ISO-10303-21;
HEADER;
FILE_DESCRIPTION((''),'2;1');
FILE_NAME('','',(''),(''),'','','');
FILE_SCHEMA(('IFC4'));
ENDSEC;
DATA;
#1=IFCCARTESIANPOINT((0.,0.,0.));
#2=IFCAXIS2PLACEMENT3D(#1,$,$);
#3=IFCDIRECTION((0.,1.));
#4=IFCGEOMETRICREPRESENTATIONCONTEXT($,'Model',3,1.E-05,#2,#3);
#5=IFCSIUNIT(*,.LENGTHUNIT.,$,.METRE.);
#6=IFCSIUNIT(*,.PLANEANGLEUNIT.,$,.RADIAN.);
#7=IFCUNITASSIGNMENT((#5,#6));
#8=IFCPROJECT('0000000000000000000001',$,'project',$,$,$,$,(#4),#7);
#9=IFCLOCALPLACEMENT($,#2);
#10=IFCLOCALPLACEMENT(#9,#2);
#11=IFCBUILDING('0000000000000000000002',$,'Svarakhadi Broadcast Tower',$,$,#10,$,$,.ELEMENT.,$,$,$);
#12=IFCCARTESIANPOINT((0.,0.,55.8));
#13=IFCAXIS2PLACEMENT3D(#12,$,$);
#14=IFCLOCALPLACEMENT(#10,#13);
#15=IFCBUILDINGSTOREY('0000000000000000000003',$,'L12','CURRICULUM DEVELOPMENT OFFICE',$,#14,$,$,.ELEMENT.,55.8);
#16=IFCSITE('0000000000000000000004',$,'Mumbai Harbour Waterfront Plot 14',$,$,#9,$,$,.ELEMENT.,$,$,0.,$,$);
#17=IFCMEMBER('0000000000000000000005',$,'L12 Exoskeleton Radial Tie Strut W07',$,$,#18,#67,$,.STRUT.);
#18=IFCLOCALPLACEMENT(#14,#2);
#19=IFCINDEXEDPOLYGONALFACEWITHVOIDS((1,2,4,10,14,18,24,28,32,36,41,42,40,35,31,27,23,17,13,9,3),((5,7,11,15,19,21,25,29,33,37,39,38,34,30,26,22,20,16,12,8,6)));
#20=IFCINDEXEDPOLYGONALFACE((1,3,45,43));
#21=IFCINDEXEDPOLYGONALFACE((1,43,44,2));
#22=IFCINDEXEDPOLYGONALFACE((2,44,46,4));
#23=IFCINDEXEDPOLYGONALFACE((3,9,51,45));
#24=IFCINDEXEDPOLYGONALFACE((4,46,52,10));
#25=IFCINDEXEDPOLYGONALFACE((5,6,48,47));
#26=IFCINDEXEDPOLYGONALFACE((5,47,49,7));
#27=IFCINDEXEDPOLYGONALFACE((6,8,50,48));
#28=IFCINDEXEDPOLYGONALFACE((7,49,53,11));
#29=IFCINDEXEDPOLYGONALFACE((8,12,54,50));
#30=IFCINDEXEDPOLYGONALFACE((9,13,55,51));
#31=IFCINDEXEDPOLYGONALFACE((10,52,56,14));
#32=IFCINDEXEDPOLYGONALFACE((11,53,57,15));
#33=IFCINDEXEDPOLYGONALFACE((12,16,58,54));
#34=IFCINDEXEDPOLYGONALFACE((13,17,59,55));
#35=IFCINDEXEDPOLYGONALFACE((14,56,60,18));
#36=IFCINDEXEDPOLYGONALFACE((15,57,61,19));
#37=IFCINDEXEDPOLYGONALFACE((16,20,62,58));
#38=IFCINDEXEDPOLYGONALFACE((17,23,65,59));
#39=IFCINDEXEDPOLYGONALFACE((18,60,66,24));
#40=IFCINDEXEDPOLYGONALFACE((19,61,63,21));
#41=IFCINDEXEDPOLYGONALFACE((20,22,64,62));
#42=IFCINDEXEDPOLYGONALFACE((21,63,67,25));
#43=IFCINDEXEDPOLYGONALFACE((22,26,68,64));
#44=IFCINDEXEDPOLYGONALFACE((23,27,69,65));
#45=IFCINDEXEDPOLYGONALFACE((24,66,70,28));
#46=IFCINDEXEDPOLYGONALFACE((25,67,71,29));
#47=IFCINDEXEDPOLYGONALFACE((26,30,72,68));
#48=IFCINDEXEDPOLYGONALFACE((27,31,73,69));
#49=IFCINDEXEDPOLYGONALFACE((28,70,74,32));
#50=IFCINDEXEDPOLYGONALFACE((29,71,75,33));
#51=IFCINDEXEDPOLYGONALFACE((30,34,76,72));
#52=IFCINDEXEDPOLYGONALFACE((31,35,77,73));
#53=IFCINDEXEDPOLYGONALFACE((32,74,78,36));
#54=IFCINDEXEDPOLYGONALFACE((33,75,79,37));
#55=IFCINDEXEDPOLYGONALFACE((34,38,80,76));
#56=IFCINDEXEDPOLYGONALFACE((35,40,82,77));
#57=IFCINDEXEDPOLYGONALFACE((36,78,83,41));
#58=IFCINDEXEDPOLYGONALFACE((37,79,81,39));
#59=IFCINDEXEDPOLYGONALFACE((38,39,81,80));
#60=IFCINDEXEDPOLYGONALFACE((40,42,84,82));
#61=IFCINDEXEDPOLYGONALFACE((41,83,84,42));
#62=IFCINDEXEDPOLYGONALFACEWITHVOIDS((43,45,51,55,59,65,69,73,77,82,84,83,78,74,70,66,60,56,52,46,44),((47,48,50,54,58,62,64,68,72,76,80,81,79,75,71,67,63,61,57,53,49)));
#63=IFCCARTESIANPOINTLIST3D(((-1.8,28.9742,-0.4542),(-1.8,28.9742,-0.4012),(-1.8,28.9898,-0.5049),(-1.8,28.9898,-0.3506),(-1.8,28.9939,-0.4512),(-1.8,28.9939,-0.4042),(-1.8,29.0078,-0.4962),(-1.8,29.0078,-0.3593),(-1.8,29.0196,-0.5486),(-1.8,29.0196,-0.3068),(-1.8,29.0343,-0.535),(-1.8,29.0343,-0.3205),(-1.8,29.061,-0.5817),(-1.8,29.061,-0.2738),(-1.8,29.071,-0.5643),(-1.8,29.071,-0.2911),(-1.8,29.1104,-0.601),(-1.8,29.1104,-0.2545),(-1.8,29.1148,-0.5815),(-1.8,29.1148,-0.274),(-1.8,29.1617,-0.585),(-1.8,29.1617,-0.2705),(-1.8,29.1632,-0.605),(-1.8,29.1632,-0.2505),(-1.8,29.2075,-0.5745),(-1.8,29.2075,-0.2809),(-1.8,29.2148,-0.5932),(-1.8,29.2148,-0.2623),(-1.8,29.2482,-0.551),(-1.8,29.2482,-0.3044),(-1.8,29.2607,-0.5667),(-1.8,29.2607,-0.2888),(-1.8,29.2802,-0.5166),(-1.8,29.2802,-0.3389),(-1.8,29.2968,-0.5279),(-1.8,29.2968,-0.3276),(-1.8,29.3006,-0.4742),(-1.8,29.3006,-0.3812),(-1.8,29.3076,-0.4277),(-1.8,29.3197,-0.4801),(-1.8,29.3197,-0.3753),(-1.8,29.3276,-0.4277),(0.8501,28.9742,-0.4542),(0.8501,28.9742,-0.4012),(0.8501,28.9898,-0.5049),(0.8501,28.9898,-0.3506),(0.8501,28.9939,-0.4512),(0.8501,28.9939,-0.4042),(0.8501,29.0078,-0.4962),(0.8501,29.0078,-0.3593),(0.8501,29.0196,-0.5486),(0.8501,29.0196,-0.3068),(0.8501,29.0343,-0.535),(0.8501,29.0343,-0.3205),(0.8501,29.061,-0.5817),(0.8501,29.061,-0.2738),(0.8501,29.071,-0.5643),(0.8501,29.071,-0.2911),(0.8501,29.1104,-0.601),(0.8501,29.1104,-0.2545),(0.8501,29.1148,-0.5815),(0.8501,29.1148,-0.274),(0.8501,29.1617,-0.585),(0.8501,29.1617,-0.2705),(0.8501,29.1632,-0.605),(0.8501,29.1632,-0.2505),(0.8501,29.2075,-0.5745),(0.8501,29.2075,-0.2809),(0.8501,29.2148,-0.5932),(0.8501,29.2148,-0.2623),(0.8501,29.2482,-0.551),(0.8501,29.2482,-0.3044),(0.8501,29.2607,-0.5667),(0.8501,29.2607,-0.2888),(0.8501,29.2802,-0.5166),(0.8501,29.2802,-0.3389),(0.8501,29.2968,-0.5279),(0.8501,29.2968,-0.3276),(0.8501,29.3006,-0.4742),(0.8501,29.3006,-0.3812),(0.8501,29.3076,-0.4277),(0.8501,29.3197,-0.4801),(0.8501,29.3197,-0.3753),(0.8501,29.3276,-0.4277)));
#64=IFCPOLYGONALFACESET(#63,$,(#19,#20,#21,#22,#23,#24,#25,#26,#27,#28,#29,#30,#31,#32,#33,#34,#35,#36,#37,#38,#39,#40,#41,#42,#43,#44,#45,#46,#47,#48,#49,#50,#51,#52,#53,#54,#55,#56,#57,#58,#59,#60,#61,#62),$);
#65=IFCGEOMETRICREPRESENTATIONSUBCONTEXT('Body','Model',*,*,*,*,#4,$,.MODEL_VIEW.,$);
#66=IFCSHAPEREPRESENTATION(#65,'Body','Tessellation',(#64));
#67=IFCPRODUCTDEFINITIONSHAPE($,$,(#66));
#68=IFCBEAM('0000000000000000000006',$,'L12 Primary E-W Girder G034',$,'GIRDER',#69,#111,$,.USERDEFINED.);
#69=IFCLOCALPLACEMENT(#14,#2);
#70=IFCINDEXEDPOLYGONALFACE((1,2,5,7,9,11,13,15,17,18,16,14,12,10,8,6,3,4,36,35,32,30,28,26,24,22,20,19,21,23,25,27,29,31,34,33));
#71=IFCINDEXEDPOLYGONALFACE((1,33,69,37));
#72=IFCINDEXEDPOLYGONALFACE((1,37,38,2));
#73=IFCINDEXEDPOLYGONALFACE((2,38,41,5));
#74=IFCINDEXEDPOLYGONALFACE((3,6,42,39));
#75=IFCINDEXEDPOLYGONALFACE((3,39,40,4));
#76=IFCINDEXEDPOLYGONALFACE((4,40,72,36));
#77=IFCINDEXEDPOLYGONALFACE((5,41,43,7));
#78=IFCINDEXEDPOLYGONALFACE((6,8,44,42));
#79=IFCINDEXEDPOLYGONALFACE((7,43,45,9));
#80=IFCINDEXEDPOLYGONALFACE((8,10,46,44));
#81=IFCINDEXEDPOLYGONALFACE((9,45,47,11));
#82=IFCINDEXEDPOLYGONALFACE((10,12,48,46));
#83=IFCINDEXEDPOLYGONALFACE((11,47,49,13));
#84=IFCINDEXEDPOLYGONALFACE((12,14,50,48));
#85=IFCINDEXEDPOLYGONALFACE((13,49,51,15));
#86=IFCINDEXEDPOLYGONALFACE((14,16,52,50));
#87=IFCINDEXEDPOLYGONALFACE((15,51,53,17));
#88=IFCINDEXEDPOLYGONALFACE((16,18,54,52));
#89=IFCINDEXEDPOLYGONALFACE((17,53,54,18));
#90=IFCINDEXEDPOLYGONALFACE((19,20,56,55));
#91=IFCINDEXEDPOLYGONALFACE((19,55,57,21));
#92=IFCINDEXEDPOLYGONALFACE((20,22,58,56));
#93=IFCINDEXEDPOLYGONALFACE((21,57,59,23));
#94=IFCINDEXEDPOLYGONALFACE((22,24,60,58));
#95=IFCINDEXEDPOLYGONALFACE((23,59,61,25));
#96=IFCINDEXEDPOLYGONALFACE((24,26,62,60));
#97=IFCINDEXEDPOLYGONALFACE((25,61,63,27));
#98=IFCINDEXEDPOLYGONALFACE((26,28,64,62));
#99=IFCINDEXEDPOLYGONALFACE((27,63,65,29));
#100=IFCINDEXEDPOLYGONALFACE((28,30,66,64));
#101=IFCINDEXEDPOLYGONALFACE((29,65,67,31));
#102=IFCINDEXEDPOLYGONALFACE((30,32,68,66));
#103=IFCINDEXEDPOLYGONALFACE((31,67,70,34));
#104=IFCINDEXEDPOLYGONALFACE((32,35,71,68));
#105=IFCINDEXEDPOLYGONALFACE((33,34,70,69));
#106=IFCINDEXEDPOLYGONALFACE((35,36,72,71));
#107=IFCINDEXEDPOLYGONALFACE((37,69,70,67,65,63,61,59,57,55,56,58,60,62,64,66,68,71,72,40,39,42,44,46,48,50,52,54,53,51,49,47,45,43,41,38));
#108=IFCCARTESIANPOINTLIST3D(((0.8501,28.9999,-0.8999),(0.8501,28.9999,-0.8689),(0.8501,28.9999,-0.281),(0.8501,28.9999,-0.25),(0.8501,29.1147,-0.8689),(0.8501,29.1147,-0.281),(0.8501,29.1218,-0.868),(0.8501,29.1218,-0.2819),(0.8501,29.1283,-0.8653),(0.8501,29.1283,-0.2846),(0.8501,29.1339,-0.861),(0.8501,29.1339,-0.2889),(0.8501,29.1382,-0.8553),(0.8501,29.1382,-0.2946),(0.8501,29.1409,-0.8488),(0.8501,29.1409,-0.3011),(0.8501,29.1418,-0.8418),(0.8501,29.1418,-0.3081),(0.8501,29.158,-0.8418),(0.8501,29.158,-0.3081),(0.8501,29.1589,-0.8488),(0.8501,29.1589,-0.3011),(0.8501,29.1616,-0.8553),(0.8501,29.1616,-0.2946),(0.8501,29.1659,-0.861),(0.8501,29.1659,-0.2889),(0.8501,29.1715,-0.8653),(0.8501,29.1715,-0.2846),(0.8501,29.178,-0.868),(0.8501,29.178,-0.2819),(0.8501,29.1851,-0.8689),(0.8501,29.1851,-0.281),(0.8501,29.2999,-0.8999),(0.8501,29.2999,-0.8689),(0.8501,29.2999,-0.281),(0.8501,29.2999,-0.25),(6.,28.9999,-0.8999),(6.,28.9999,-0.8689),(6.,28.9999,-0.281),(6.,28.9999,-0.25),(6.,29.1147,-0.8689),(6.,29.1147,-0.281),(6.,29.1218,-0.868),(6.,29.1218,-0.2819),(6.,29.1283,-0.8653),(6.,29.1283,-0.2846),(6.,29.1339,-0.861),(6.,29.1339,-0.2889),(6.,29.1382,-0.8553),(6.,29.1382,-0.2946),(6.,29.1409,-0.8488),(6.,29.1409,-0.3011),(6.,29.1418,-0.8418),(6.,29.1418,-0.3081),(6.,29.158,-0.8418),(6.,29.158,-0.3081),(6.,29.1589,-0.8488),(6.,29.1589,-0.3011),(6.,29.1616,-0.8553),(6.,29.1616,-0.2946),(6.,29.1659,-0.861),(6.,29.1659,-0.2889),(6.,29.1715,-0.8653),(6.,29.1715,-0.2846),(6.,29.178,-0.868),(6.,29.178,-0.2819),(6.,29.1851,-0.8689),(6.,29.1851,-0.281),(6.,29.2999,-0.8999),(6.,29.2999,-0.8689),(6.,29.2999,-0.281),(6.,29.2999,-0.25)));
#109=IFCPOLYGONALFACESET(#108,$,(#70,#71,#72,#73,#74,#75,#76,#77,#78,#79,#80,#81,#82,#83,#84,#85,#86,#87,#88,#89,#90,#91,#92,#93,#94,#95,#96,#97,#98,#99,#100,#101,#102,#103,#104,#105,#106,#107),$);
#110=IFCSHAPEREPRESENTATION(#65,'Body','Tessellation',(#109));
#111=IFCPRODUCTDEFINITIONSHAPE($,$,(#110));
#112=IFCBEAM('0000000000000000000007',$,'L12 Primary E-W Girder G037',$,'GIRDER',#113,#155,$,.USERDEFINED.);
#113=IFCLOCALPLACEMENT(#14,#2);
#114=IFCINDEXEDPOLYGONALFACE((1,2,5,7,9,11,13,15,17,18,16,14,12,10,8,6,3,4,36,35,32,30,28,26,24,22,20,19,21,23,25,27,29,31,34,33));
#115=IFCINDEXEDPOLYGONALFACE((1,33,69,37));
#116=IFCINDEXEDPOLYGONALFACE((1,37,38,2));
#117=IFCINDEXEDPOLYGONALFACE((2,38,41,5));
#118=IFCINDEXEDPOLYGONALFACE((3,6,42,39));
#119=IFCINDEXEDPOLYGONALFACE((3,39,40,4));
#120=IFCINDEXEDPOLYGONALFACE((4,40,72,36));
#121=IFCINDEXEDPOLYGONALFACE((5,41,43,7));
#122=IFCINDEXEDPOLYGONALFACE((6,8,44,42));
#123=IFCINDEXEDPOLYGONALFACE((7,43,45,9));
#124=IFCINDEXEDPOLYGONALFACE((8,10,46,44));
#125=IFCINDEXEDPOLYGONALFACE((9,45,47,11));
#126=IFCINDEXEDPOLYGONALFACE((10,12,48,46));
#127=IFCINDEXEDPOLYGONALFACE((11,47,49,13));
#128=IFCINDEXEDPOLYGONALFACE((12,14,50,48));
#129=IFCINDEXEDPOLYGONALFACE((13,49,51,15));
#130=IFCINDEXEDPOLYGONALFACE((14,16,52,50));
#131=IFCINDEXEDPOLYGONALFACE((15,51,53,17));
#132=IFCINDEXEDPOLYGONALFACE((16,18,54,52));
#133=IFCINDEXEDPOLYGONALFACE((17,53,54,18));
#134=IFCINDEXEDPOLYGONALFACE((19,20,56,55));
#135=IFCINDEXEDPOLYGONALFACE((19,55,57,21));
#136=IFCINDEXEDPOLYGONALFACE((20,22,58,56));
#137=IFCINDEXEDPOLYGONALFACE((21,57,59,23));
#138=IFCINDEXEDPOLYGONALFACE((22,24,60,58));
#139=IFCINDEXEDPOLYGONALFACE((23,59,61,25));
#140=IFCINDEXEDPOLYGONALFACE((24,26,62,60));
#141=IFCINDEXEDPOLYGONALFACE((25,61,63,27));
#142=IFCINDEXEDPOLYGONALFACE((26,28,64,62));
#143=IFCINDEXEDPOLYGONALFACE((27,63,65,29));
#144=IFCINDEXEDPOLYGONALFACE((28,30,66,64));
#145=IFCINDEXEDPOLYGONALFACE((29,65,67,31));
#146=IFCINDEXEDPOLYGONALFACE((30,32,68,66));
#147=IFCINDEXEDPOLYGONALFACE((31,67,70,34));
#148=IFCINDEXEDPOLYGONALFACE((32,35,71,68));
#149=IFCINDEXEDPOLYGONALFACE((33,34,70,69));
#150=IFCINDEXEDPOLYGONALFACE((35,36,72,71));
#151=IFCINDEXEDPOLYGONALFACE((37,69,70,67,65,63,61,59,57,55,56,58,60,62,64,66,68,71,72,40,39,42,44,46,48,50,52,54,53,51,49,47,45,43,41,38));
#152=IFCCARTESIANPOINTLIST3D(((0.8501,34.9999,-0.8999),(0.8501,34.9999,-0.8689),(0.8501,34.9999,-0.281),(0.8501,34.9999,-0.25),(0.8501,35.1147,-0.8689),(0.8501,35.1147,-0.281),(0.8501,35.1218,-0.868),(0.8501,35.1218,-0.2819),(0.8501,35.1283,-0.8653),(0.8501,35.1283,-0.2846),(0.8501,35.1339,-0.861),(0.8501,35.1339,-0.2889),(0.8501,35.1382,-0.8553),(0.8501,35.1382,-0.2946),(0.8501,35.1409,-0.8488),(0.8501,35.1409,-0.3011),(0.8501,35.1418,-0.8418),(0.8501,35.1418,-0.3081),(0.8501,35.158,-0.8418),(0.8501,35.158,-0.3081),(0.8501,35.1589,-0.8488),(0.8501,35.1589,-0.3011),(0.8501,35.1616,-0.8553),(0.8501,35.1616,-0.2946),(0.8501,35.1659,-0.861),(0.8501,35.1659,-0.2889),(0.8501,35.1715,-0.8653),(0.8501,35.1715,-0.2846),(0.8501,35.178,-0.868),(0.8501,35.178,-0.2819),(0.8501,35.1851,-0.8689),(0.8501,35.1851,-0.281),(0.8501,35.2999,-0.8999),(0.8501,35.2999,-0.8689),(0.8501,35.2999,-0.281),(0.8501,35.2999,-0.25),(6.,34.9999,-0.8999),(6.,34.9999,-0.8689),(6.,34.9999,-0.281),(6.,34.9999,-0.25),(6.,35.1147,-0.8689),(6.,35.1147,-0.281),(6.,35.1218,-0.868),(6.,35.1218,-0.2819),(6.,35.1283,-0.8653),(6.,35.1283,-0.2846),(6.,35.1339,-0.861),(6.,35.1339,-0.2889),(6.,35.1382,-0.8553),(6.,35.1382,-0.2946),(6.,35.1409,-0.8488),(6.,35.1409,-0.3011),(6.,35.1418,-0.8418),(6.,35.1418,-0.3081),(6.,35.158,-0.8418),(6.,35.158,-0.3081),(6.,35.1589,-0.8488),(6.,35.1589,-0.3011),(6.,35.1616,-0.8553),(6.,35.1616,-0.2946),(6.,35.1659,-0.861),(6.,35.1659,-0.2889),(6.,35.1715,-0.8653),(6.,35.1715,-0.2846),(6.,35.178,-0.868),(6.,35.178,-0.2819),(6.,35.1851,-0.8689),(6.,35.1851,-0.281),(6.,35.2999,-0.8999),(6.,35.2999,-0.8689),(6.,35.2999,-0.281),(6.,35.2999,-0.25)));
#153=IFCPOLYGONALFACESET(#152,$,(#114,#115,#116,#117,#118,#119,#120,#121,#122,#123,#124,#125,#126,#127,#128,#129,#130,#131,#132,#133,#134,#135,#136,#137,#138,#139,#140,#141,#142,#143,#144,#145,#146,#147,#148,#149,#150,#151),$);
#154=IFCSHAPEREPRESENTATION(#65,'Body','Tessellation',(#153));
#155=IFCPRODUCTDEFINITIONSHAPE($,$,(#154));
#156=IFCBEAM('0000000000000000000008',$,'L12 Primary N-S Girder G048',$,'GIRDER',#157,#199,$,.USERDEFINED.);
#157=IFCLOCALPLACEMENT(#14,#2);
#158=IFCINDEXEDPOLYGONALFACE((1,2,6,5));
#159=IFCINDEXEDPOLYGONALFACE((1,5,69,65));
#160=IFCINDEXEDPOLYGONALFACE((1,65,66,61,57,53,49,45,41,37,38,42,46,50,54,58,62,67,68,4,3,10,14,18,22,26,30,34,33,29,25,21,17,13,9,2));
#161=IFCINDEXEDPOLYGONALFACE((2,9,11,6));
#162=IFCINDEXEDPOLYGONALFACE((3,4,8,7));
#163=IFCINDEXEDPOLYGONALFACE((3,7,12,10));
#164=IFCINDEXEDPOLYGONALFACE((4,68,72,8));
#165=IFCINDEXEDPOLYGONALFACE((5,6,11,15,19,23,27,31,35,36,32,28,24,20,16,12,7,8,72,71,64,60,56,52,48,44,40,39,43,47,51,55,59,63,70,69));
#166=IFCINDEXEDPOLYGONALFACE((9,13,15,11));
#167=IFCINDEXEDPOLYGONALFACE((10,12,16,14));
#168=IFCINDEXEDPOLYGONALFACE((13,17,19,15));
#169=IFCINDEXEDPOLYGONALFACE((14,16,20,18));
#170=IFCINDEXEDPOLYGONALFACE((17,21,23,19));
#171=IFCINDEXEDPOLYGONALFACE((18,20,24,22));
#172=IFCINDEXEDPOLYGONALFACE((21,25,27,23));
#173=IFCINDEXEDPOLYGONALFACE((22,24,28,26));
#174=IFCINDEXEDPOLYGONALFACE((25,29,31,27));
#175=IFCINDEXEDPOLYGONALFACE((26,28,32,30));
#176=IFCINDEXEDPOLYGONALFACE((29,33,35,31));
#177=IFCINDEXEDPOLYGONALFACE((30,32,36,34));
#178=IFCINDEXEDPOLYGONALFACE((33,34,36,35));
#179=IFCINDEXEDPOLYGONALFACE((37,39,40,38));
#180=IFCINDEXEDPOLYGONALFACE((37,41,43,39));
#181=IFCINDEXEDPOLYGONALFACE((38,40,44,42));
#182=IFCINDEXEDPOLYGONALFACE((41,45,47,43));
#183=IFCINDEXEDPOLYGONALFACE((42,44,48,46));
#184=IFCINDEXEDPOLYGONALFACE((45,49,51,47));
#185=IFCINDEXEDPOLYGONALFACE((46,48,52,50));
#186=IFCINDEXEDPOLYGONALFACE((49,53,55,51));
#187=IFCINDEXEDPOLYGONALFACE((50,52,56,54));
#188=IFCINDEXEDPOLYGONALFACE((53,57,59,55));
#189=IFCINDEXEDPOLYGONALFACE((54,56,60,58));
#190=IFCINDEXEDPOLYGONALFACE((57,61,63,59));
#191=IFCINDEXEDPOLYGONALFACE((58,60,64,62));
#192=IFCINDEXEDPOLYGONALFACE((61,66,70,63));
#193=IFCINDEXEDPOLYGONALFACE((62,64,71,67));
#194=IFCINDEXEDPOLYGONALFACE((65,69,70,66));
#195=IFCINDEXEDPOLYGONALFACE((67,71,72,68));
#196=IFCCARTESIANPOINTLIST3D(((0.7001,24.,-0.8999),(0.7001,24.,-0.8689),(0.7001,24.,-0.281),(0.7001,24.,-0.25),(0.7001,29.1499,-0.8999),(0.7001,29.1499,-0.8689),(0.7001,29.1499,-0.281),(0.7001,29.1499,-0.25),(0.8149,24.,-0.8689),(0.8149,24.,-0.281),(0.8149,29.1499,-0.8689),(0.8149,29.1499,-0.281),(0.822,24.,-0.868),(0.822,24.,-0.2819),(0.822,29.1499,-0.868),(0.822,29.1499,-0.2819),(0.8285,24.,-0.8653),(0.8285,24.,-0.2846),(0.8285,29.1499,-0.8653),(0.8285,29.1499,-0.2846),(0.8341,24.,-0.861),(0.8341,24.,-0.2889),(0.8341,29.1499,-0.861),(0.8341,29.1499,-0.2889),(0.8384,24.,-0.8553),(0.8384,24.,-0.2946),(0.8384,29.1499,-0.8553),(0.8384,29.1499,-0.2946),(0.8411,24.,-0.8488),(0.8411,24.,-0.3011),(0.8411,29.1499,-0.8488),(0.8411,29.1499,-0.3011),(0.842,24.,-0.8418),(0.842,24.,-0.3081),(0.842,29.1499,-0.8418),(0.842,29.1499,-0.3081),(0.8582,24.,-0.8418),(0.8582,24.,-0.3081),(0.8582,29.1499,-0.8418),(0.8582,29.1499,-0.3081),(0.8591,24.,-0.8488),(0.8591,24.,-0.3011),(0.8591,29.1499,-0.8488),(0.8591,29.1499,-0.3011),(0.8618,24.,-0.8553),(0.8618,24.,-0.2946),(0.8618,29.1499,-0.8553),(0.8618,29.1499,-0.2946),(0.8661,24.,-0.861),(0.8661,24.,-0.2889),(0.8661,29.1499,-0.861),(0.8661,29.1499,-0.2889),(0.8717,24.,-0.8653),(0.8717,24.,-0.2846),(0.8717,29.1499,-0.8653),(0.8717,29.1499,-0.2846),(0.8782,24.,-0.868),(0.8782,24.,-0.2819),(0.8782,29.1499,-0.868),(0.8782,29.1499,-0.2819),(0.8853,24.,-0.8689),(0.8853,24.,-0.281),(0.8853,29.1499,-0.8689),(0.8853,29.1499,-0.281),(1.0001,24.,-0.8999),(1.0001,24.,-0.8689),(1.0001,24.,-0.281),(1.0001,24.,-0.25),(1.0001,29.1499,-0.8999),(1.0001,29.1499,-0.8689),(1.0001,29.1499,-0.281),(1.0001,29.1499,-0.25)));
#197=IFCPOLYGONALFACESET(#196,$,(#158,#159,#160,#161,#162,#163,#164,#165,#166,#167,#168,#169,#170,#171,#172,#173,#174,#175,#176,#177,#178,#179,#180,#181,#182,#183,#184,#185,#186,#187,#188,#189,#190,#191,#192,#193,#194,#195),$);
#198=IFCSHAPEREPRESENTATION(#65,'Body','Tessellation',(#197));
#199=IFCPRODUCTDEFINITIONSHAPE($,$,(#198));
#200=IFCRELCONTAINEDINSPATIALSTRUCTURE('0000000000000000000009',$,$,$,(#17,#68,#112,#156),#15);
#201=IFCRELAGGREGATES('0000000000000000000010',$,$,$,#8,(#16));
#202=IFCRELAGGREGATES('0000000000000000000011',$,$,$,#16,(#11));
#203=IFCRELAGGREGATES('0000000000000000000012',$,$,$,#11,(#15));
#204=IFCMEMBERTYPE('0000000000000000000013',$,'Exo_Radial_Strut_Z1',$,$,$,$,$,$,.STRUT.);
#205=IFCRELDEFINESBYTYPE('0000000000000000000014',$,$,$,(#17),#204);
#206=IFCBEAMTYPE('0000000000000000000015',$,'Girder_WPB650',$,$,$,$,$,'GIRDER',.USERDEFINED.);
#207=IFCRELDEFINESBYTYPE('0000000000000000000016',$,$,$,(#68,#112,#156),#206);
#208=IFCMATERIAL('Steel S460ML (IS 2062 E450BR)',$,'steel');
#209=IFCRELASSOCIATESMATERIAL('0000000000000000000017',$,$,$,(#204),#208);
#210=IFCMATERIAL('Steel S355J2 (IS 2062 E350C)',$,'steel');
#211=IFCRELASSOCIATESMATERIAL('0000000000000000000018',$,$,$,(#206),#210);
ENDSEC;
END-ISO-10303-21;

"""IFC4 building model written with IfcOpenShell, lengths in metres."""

from ifc_helpers import new_model, si_unit, direction, frame, origin, origin_2d, place, context, subcontext, project, spatial, hollow_circle, i_section, extrude, material, material_profile, profile_set, type_object, element, save


model = new_model("IFC4")

# Units and contexts
model_context = context("Model", 3, precision=1e-05, world=origin(), true_north=direction((0.0, 1.0)))
body_context = subcontext(model_context, "Body", "Model", "MODEL_VIEW")
ifc_project = project(units=[si_unit("LENGTHUNIT", "METRE"), si_unit("PLANEANGLEUNIT", "RADIAN")], contexts=[model_context])

# Site, building, storey
site_placement = place(None, origin())
site = spatial("IfcSite", under=ifc_project, at=site_placement, Name="Mumbai Harbour Waterfront Plot 14", CompositionType="ELEMENT", RefElevation=0.0)
building_placement = place(site_placement, origin())
building = spatial("IfcBuilding", under=site, at=building_placement, Name="Svarakhadi Broadcast Tower", CompositionType="ELEMENT")
storey_placement = place(building_placement, frame((0.0, 0.0, 55.8)))
storey = spatial("IfcBuildingStorey", under=building, at=storey_placement, Name="L12", Description="CURRICULUM DEVELOPMENT OFFICE", CompositionType="ELEMENT", Elevation=55.8)

# Shared definitions
ifc_material_1 = material(Name="Steel S460ML (IS 2062 E450BR)", Category="steel")

# Shared definitions
ifc_material_2 = material(Name="Steel S355J2 (IS 2062 E350C)", Category="steel")

# Member
ifc_material_profile_1 = material_profile(ifc_material_1, hollow_circle(Radius=0.1777, WallThickness=0.02, at=origin_2d()), Name="CHS 355.6x20")
ifc_profile_set_1 = profile_set([ifc_material_profile_1], Name="Steel S460ML (IS 2062 E450BR)")
member_type_1 = type_object("IfcMemberType", Name="Exo_Radial_Strut_Z1", PredefinedType="STRUT", material=ifc_profile_set_1)
member_1_placement = place(storey_placement, frame((-1.8, 29.1499, -0.4277), z_axis=(1.0, 0.0, 0.0), x_axis=(0.0, 1.0, 0.0)))
element("IfcMember", 1, at=member_1_placement, inside=storey, type_object=member_type_1, Name="L12 Exoskeleton Radial Tie Strut W07", PredefinedType="STRUT", context=body_context, shape_type="SweptSolid", body=[
    extrude(hollow_circle(Radius=0.1777, WallThickness=0.02, at=origin_2d()), origin(), (0.0, 0.0, 1.0), 2.6501),
])

# Beams
ifc_material_profile_2 = material_profile(ifc_material_2, i_section(OverallWidth=0.3, OverallDepth=0.6499, WebThickness=0.0161, FlangeThickness=0.031, FilletRadius=0.0271, at=origin_2d()), Name="WPB 650x300x225")
ifc_profile_set_2 = profile_set([ifc_material_profile_2], Name="Steel S355J2 (IS 2062 E350C)")
beam_type_1 = type_object("IfcBeamType", Name="Girder_WPB650", ElementType="GIRDER", PredefinedType="USERDEFINED", material=ifc_profile_set_2)
for number, where, z_axis, x_axis, name in (
    (2, (0.8501, 29.1499, -0.575), (1.0, 0.0, 0.0), (0.0, 1.0, 0.0), "L12 Primary E-W Girder G034"),
    (3, (0.8501, 35.1499, -0.575), (1.0, 0.0, 0.0), (0.0, 1.0, 0.0), "L12 Primary E-W Girder G037"),
    (4, (0.8501, 24.0, -0.575), (0.0, 1.0, 0.0), (-1.0, 0.0, 0.0), "L12 Primary N-S Girder G048"),
):
    element("IfcBeam", number, at=place(storey_placement, frame(where, z_axis=z_axis, x_axis=x_axis)), inside=storey, type_object=beam_type_1, Name=name, ObjectType="GIRDER", PredefinedType="USERDEFINED", context=body_context, shape_type="SweptSolid", body=[
        extrude(i_section(OverallWidth=0.3, OverallDepth=0.6499, WebThickness=0.0161, FlangeThickness=0.031, FilletRadius=0.0271, at=origin_2d()), origin(), (0.0, 0.0, 1.0), 5.1499),
    ])

save(model, "model.ifc")
